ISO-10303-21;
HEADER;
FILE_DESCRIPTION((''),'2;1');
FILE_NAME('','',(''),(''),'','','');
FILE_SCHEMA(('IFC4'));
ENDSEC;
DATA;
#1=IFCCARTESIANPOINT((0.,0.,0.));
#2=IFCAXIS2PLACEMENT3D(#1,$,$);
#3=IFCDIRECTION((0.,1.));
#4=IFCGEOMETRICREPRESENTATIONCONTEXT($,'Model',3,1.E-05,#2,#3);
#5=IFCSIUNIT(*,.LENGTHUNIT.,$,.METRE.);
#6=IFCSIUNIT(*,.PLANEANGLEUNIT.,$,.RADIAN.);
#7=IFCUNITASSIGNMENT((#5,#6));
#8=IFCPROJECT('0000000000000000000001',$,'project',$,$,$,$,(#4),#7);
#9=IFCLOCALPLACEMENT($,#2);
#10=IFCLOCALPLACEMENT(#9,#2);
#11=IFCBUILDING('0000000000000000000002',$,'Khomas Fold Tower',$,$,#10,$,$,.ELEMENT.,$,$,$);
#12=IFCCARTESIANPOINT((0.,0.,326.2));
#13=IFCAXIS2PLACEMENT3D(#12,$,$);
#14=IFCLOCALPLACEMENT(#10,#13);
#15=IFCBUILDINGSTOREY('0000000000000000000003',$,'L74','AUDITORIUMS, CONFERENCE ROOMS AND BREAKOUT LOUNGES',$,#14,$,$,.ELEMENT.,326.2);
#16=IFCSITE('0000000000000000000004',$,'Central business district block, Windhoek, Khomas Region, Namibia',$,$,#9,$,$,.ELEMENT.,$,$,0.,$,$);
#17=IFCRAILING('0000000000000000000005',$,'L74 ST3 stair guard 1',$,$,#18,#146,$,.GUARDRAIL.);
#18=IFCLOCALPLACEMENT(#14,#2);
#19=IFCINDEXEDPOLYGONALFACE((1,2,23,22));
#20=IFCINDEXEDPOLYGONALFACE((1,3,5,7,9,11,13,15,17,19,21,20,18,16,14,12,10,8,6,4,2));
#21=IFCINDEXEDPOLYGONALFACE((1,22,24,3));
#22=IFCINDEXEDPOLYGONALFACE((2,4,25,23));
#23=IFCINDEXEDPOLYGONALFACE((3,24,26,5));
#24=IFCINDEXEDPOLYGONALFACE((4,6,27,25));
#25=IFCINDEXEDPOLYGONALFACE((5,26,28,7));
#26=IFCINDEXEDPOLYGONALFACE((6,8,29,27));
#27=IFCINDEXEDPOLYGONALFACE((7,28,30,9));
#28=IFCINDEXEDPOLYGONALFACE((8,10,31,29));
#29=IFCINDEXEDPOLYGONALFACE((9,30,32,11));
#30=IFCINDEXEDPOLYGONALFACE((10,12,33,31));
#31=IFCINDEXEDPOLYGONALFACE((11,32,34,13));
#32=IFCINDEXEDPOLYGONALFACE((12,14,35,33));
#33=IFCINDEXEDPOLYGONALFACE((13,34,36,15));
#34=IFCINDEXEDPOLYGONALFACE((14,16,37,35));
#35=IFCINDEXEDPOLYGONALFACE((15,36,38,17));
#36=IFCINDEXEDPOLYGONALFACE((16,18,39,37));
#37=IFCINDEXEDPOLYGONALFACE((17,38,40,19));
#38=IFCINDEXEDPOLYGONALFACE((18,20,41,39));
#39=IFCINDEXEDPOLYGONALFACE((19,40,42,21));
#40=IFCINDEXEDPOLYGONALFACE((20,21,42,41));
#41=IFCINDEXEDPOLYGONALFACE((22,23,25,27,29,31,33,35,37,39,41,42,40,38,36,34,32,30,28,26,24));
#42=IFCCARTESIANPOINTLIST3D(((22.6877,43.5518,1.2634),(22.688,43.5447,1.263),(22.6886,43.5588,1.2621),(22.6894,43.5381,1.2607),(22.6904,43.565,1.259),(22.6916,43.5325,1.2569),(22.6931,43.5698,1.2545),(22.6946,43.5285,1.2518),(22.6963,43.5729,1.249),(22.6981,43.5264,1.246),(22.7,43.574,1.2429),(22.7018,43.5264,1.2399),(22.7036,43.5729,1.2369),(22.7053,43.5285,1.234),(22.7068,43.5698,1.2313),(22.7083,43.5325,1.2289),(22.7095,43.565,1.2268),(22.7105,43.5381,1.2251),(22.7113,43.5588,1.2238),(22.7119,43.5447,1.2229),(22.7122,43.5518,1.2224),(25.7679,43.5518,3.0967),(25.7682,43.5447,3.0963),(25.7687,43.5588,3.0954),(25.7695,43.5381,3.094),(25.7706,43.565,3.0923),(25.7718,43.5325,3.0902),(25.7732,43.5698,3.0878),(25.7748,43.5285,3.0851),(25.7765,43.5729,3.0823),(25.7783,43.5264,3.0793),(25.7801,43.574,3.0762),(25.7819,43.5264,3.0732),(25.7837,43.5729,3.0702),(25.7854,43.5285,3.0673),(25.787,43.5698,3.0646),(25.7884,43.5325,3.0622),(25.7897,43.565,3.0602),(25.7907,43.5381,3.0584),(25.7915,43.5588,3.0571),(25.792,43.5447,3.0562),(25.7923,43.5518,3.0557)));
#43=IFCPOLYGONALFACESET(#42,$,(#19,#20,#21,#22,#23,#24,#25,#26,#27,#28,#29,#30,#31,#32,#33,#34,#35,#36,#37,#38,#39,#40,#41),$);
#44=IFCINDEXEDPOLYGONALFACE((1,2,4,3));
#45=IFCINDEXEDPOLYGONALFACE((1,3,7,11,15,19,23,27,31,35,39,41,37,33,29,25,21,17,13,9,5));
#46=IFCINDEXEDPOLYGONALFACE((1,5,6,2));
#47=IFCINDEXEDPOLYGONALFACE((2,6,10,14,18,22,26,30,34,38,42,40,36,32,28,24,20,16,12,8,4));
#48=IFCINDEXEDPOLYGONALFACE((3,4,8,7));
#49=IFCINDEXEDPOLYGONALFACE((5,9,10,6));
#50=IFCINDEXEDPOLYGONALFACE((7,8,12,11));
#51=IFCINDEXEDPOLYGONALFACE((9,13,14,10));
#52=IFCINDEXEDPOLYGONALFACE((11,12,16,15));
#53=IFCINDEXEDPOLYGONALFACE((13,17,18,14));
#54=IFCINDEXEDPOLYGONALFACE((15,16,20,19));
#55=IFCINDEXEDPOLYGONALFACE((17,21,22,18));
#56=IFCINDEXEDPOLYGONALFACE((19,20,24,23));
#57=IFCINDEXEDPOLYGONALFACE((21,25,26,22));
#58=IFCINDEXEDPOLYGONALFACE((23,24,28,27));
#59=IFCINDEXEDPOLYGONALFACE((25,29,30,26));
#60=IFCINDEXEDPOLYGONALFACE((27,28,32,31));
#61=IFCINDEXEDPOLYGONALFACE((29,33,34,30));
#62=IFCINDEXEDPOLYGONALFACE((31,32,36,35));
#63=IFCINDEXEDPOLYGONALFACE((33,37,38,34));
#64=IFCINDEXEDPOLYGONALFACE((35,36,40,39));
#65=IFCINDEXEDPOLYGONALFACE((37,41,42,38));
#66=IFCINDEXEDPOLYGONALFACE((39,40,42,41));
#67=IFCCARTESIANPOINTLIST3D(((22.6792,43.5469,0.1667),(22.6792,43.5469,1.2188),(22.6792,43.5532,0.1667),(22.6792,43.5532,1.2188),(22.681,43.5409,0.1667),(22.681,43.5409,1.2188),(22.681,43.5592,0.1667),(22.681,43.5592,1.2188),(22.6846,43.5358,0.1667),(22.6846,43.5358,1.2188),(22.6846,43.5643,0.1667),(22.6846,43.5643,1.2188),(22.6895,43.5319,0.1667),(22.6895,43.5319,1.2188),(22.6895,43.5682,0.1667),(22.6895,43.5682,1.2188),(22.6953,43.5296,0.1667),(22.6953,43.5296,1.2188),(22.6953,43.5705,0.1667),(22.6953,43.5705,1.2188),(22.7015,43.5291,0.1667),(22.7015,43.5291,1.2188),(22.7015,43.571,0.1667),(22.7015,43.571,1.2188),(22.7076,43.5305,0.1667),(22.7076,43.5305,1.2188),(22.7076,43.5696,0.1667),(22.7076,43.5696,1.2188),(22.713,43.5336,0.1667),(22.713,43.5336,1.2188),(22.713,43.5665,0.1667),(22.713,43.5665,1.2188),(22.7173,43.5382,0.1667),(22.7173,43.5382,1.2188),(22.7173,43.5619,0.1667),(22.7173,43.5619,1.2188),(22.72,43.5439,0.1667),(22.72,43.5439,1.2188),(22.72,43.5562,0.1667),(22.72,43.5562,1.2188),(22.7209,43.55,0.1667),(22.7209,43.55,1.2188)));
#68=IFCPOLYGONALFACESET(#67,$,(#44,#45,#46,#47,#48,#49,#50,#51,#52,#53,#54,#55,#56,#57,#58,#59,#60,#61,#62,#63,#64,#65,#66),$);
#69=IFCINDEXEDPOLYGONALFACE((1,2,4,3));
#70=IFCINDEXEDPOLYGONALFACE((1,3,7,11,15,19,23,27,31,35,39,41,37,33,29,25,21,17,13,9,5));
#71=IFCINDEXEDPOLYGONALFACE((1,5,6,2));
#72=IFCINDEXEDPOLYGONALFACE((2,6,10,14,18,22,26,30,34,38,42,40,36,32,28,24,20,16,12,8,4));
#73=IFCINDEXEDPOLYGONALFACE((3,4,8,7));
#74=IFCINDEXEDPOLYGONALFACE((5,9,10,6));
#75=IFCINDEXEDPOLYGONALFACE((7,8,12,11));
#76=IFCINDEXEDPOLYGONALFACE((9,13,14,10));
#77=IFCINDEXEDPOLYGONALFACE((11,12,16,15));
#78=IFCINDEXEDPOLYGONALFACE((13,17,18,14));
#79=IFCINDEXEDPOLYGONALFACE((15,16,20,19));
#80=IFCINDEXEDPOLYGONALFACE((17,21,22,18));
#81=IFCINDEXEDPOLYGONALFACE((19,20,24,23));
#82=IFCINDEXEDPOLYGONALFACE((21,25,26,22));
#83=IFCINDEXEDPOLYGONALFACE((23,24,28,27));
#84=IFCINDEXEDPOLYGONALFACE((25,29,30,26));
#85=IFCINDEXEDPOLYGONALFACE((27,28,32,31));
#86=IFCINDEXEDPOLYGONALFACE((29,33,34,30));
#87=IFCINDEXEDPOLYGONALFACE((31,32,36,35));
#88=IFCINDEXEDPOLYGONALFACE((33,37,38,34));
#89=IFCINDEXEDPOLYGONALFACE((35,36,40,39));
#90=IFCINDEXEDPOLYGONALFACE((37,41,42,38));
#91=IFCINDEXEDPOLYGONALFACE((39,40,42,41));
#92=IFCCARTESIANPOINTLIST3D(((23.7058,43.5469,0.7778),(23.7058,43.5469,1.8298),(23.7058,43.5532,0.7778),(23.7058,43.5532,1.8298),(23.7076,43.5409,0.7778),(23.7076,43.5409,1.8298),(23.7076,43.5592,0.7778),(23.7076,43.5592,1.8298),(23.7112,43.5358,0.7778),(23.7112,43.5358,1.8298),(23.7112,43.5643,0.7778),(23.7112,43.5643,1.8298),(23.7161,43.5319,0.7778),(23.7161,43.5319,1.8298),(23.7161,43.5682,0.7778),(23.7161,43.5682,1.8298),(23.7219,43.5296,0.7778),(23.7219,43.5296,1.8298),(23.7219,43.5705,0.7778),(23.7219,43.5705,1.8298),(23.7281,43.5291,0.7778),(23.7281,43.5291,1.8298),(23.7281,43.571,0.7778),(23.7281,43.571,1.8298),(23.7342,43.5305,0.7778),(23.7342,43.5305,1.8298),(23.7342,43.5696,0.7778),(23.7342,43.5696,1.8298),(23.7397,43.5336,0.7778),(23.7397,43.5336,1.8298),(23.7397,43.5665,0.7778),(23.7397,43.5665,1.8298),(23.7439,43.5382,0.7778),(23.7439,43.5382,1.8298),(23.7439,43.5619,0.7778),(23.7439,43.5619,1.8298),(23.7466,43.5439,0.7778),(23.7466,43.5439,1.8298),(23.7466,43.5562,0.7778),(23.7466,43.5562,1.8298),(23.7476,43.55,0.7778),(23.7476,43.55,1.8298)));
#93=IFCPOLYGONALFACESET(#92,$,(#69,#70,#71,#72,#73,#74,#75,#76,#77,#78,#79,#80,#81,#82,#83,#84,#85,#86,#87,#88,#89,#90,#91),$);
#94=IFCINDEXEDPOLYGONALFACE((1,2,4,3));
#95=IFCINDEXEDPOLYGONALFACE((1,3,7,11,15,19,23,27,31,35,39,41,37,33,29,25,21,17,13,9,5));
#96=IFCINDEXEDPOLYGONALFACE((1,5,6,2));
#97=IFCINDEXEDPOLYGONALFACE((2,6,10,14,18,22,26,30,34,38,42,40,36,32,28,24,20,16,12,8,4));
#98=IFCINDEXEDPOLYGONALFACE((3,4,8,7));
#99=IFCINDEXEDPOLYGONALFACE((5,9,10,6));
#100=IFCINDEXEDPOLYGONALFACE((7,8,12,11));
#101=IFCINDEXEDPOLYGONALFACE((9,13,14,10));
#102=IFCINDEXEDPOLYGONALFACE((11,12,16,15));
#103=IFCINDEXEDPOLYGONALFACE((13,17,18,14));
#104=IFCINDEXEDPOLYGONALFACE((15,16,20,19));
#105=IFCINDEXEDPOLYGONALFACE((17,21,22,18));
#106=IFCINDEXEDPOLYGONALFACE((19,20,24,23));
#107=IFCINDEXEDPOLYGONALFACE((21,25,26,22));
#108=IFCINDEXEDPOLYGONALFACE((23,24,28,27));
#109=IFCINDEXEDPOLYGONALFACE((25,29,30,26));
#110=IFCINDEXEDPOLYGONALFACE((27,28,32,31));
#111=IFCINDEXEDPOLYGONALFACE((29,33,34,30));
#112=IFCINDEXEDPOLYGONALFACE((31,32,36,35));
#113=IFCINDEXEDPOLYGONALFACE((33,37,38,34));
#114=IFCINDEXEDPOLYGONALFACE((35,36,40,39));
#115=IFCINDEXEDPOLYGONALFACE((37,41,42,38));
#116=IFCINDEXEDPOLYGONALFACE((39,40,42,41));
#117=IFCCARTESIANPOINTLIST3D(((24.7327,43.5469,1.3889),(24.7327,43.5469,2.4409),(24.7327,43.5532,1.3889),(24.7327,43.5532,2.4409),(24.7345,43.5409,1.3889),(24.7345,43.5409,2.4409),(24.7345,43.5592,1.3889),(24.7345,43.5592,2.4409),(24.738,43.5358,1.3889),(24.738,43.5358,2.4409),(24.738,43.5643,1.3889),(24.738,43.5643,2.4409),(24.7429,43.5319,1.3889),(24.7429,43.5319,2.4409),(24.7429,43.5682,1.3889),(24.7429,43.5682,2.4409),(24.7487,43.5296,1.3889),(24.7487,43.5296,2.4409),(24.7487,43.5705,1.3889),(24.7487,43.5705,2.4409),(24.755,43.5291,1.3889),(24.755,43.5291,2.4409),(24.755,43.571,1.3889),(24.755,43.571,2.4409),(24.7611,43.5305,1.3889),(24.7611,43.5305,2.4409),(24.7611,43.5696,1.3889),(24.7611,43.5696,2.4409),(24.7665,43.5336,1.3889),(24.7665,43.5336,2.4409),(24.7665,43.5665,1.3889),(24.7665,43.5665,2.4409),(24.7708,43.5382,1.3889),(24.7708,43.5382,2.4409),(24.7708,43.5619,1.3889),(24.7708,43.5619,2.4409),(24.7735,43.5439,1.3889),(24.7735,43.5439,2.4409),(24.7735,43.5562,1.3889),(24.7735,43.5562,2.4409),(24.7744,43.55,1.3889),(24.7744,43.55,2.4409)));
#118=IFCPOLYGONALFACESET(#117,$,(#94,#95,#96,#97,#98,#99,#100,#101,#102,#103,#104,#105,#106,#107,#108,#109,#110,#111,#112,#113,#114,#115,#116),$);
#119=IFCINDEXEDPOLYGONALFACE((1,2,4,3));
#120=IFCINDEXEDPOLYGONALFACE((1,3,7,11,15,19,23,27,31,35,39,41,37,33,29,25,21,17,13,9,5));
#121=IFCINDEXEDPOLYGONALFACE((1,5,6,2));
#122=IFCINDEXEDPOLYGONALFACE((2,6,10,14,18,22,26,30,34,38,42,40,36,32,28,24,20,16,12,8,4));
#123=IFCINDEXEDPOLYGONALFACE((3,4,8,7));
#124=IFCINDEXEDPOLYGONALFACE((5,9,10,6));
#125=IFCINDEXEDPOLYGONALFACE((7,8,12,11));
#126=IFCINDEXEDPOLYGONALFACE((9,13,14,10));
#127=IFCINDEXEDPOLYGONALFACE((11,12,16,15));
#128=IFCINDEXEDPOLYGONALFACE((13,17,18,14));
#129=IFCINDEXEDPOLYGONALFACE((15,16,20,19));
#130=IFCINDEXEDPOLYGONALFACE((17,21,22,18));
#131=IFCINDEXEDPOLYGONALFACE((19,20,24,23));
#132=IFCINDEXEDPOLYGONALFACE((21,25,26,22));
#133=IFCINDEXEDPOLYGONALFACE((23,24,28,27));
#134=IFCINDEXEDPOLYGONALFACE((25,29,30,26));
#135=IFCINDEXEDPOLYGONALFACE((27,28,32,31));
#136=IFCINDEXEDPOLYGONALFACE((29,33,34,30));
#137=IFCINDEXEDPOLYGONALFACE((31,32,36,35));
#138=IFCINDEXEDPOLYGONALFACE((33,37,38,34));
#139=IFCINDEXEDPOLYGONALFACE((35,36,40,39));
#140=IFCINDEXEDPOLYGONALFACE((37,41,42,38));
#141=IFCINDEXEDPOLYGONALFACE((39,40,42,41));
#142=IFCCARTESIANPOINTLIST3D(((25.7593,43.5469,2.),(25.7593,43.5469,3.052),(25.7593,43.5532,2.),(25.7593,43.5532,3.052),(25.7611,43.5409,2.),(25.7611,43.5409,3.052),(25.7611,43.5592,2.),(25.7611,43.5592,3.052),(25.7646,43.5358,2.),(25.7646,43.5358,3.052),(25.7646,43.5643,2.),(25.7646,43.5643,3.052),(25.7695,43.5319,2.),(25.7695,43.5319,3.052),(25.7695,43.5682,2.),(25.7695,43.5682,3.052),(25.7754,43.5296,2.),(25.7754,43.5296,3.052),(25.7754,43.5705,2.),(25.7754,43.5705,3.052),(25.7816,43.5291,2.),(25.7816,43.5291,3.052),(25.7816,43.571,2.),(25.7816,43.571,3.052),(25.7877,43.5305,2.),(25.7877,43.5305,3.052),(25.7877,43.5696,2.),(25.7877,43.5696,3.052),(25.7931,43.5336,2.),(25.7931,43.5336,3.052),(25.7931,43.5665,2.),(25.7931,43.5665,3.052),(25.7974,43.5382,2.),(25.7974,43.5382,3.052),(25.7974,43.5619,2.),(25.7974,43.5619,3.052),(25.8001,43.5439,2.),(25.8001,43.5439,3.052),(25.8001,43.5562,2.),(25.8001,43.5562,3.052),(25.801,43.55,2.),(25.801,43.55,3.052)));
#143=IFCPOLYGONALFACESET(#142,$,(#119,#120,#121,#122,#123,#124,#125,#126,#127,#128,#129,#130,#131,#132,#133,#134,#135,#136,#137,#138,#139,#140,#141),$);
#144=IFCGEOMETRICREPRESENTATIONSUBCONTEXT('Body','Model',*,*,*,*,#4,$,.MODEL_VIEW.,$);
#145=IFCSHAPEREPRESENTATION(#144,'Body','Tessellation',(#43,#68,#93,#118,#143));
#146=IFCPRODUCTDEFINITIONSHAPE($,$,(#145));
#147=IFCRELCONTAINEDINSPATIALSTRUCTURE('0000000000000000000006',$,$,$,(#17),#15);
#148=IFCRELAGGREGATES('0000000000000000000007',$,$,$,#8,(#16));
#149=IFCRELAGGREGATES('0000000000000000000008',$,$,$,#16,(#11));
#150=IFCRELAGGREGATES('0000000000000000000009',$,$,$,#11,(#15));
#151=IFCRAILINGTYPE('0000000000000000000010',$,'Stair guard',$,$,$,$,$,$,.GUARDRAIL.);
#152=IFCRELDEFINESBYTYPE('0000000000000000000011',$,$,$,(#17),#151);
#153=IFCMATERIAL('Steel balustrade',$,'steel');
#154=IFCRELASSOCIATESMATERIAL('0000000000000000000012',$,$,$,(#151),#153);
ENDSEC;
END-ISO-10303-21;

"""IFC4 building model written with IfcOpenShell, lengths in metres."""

from ifc_helpers import new_model, si_unit, direction, frame, origin, origin_2d, place, context, subcontext, project, spatial, circle, extrude, source, transform, mapped, material, type_object, element, save


model = new_model("IFC4")

# Units and contexts
model_context = context("Model", 3, precision=1e-05, world=origin(), true_north=direction((0.0, 1.0)))
body_context = subcontext(model_context, "Body", "Model", "MODEL_VIEW")
ifc_project = project(units=[si_unit("LENGTHUNIT", "METRE"), si_unit("PLANEANGLEUNIT", "RADIAN")], contexts=[model_context])

# Site, building, storey
site_placement = place(None, origin())
site = spatial("IfcSite", under=ifc_project, at=site_placement, Name="Central business district block, Windhoek, Khomas Region, Namibia", CompositionType="ELEMENT", RefElevation=0.0)
building_placement = place(site_placement, origin())
building = spatial("IfcBuilding", under=site, at=building_placement, Name="Khomas Fold Tower", CompositionType="ELEMENT")
storey_placement = place(building_placement, frame((0.0, 0.0, 326.2)))
storey = spatial("IfcBuildingStorey", under=building, at=storey_placement, Name="L74", Description="AUDITORIUMS, CONFERENCE ROOMS AND BREAKOUT LOUNGES", CompositionType="ELEMENT", Elevation=326.2)

# Railing
ifc_material_1 = material(Name="Steel balustrade", Category="steel")
railing_type_1 = type_object("IfcRailingType", Name="Stair guard", PredefinedType="GUARDRAIL", material=ifc_material_1)
shared_shape_1 = source(origin(), body_context, "Body", "SweptSolid", [
    extrude(circle(Radius=0.0239, at=origin_2d()), frame((0.0, 0.0, 1.0762), z_axis=(0.859309, 0.0, 0.511458), x_axis=(0.0, 1.0, 0.0)), (0.0, 0.0, 1.0), 3.5845),
    extrude(circle(Radius=0.021, at=origin_2d()), origin(), (0.0, 0.0, 1.0), 1.052),
    extrude(circle(Radius=0.021, at=origin_2d()), frame((1.0266, 0.0, 0.6111)), (0.0, 0.0, 1.0), 1.052),
    extrude(circle(Radius=0.021, at=origin_2d()), frame((2.0535, 0.0, 1.2222)), (0.0, 0.0, 1.0), 1.052),
    extrude(circle(Radius=0.021, at=origin_2d()), frame((3.0801, 0.0, 1.8333)), (0.0, 0.0, 1.0), 1.052),
])
railing_1_placement = place(storey_placement, frame((22.7, 43.55, 0.1667)))
element("IfcRailing", 1, at=railing_1_placement, inside=storey, type_object=railing_type_1, Name="L74 ST3 stair guard 1", PredefinedType="GUARDRAIL", context=body_context, shape_type="MappedRepresentation", body=[
    mapped(shared_shape_1, transform((0.0, 0.0, 0.0))),
])

save(model, "model.ifc")
